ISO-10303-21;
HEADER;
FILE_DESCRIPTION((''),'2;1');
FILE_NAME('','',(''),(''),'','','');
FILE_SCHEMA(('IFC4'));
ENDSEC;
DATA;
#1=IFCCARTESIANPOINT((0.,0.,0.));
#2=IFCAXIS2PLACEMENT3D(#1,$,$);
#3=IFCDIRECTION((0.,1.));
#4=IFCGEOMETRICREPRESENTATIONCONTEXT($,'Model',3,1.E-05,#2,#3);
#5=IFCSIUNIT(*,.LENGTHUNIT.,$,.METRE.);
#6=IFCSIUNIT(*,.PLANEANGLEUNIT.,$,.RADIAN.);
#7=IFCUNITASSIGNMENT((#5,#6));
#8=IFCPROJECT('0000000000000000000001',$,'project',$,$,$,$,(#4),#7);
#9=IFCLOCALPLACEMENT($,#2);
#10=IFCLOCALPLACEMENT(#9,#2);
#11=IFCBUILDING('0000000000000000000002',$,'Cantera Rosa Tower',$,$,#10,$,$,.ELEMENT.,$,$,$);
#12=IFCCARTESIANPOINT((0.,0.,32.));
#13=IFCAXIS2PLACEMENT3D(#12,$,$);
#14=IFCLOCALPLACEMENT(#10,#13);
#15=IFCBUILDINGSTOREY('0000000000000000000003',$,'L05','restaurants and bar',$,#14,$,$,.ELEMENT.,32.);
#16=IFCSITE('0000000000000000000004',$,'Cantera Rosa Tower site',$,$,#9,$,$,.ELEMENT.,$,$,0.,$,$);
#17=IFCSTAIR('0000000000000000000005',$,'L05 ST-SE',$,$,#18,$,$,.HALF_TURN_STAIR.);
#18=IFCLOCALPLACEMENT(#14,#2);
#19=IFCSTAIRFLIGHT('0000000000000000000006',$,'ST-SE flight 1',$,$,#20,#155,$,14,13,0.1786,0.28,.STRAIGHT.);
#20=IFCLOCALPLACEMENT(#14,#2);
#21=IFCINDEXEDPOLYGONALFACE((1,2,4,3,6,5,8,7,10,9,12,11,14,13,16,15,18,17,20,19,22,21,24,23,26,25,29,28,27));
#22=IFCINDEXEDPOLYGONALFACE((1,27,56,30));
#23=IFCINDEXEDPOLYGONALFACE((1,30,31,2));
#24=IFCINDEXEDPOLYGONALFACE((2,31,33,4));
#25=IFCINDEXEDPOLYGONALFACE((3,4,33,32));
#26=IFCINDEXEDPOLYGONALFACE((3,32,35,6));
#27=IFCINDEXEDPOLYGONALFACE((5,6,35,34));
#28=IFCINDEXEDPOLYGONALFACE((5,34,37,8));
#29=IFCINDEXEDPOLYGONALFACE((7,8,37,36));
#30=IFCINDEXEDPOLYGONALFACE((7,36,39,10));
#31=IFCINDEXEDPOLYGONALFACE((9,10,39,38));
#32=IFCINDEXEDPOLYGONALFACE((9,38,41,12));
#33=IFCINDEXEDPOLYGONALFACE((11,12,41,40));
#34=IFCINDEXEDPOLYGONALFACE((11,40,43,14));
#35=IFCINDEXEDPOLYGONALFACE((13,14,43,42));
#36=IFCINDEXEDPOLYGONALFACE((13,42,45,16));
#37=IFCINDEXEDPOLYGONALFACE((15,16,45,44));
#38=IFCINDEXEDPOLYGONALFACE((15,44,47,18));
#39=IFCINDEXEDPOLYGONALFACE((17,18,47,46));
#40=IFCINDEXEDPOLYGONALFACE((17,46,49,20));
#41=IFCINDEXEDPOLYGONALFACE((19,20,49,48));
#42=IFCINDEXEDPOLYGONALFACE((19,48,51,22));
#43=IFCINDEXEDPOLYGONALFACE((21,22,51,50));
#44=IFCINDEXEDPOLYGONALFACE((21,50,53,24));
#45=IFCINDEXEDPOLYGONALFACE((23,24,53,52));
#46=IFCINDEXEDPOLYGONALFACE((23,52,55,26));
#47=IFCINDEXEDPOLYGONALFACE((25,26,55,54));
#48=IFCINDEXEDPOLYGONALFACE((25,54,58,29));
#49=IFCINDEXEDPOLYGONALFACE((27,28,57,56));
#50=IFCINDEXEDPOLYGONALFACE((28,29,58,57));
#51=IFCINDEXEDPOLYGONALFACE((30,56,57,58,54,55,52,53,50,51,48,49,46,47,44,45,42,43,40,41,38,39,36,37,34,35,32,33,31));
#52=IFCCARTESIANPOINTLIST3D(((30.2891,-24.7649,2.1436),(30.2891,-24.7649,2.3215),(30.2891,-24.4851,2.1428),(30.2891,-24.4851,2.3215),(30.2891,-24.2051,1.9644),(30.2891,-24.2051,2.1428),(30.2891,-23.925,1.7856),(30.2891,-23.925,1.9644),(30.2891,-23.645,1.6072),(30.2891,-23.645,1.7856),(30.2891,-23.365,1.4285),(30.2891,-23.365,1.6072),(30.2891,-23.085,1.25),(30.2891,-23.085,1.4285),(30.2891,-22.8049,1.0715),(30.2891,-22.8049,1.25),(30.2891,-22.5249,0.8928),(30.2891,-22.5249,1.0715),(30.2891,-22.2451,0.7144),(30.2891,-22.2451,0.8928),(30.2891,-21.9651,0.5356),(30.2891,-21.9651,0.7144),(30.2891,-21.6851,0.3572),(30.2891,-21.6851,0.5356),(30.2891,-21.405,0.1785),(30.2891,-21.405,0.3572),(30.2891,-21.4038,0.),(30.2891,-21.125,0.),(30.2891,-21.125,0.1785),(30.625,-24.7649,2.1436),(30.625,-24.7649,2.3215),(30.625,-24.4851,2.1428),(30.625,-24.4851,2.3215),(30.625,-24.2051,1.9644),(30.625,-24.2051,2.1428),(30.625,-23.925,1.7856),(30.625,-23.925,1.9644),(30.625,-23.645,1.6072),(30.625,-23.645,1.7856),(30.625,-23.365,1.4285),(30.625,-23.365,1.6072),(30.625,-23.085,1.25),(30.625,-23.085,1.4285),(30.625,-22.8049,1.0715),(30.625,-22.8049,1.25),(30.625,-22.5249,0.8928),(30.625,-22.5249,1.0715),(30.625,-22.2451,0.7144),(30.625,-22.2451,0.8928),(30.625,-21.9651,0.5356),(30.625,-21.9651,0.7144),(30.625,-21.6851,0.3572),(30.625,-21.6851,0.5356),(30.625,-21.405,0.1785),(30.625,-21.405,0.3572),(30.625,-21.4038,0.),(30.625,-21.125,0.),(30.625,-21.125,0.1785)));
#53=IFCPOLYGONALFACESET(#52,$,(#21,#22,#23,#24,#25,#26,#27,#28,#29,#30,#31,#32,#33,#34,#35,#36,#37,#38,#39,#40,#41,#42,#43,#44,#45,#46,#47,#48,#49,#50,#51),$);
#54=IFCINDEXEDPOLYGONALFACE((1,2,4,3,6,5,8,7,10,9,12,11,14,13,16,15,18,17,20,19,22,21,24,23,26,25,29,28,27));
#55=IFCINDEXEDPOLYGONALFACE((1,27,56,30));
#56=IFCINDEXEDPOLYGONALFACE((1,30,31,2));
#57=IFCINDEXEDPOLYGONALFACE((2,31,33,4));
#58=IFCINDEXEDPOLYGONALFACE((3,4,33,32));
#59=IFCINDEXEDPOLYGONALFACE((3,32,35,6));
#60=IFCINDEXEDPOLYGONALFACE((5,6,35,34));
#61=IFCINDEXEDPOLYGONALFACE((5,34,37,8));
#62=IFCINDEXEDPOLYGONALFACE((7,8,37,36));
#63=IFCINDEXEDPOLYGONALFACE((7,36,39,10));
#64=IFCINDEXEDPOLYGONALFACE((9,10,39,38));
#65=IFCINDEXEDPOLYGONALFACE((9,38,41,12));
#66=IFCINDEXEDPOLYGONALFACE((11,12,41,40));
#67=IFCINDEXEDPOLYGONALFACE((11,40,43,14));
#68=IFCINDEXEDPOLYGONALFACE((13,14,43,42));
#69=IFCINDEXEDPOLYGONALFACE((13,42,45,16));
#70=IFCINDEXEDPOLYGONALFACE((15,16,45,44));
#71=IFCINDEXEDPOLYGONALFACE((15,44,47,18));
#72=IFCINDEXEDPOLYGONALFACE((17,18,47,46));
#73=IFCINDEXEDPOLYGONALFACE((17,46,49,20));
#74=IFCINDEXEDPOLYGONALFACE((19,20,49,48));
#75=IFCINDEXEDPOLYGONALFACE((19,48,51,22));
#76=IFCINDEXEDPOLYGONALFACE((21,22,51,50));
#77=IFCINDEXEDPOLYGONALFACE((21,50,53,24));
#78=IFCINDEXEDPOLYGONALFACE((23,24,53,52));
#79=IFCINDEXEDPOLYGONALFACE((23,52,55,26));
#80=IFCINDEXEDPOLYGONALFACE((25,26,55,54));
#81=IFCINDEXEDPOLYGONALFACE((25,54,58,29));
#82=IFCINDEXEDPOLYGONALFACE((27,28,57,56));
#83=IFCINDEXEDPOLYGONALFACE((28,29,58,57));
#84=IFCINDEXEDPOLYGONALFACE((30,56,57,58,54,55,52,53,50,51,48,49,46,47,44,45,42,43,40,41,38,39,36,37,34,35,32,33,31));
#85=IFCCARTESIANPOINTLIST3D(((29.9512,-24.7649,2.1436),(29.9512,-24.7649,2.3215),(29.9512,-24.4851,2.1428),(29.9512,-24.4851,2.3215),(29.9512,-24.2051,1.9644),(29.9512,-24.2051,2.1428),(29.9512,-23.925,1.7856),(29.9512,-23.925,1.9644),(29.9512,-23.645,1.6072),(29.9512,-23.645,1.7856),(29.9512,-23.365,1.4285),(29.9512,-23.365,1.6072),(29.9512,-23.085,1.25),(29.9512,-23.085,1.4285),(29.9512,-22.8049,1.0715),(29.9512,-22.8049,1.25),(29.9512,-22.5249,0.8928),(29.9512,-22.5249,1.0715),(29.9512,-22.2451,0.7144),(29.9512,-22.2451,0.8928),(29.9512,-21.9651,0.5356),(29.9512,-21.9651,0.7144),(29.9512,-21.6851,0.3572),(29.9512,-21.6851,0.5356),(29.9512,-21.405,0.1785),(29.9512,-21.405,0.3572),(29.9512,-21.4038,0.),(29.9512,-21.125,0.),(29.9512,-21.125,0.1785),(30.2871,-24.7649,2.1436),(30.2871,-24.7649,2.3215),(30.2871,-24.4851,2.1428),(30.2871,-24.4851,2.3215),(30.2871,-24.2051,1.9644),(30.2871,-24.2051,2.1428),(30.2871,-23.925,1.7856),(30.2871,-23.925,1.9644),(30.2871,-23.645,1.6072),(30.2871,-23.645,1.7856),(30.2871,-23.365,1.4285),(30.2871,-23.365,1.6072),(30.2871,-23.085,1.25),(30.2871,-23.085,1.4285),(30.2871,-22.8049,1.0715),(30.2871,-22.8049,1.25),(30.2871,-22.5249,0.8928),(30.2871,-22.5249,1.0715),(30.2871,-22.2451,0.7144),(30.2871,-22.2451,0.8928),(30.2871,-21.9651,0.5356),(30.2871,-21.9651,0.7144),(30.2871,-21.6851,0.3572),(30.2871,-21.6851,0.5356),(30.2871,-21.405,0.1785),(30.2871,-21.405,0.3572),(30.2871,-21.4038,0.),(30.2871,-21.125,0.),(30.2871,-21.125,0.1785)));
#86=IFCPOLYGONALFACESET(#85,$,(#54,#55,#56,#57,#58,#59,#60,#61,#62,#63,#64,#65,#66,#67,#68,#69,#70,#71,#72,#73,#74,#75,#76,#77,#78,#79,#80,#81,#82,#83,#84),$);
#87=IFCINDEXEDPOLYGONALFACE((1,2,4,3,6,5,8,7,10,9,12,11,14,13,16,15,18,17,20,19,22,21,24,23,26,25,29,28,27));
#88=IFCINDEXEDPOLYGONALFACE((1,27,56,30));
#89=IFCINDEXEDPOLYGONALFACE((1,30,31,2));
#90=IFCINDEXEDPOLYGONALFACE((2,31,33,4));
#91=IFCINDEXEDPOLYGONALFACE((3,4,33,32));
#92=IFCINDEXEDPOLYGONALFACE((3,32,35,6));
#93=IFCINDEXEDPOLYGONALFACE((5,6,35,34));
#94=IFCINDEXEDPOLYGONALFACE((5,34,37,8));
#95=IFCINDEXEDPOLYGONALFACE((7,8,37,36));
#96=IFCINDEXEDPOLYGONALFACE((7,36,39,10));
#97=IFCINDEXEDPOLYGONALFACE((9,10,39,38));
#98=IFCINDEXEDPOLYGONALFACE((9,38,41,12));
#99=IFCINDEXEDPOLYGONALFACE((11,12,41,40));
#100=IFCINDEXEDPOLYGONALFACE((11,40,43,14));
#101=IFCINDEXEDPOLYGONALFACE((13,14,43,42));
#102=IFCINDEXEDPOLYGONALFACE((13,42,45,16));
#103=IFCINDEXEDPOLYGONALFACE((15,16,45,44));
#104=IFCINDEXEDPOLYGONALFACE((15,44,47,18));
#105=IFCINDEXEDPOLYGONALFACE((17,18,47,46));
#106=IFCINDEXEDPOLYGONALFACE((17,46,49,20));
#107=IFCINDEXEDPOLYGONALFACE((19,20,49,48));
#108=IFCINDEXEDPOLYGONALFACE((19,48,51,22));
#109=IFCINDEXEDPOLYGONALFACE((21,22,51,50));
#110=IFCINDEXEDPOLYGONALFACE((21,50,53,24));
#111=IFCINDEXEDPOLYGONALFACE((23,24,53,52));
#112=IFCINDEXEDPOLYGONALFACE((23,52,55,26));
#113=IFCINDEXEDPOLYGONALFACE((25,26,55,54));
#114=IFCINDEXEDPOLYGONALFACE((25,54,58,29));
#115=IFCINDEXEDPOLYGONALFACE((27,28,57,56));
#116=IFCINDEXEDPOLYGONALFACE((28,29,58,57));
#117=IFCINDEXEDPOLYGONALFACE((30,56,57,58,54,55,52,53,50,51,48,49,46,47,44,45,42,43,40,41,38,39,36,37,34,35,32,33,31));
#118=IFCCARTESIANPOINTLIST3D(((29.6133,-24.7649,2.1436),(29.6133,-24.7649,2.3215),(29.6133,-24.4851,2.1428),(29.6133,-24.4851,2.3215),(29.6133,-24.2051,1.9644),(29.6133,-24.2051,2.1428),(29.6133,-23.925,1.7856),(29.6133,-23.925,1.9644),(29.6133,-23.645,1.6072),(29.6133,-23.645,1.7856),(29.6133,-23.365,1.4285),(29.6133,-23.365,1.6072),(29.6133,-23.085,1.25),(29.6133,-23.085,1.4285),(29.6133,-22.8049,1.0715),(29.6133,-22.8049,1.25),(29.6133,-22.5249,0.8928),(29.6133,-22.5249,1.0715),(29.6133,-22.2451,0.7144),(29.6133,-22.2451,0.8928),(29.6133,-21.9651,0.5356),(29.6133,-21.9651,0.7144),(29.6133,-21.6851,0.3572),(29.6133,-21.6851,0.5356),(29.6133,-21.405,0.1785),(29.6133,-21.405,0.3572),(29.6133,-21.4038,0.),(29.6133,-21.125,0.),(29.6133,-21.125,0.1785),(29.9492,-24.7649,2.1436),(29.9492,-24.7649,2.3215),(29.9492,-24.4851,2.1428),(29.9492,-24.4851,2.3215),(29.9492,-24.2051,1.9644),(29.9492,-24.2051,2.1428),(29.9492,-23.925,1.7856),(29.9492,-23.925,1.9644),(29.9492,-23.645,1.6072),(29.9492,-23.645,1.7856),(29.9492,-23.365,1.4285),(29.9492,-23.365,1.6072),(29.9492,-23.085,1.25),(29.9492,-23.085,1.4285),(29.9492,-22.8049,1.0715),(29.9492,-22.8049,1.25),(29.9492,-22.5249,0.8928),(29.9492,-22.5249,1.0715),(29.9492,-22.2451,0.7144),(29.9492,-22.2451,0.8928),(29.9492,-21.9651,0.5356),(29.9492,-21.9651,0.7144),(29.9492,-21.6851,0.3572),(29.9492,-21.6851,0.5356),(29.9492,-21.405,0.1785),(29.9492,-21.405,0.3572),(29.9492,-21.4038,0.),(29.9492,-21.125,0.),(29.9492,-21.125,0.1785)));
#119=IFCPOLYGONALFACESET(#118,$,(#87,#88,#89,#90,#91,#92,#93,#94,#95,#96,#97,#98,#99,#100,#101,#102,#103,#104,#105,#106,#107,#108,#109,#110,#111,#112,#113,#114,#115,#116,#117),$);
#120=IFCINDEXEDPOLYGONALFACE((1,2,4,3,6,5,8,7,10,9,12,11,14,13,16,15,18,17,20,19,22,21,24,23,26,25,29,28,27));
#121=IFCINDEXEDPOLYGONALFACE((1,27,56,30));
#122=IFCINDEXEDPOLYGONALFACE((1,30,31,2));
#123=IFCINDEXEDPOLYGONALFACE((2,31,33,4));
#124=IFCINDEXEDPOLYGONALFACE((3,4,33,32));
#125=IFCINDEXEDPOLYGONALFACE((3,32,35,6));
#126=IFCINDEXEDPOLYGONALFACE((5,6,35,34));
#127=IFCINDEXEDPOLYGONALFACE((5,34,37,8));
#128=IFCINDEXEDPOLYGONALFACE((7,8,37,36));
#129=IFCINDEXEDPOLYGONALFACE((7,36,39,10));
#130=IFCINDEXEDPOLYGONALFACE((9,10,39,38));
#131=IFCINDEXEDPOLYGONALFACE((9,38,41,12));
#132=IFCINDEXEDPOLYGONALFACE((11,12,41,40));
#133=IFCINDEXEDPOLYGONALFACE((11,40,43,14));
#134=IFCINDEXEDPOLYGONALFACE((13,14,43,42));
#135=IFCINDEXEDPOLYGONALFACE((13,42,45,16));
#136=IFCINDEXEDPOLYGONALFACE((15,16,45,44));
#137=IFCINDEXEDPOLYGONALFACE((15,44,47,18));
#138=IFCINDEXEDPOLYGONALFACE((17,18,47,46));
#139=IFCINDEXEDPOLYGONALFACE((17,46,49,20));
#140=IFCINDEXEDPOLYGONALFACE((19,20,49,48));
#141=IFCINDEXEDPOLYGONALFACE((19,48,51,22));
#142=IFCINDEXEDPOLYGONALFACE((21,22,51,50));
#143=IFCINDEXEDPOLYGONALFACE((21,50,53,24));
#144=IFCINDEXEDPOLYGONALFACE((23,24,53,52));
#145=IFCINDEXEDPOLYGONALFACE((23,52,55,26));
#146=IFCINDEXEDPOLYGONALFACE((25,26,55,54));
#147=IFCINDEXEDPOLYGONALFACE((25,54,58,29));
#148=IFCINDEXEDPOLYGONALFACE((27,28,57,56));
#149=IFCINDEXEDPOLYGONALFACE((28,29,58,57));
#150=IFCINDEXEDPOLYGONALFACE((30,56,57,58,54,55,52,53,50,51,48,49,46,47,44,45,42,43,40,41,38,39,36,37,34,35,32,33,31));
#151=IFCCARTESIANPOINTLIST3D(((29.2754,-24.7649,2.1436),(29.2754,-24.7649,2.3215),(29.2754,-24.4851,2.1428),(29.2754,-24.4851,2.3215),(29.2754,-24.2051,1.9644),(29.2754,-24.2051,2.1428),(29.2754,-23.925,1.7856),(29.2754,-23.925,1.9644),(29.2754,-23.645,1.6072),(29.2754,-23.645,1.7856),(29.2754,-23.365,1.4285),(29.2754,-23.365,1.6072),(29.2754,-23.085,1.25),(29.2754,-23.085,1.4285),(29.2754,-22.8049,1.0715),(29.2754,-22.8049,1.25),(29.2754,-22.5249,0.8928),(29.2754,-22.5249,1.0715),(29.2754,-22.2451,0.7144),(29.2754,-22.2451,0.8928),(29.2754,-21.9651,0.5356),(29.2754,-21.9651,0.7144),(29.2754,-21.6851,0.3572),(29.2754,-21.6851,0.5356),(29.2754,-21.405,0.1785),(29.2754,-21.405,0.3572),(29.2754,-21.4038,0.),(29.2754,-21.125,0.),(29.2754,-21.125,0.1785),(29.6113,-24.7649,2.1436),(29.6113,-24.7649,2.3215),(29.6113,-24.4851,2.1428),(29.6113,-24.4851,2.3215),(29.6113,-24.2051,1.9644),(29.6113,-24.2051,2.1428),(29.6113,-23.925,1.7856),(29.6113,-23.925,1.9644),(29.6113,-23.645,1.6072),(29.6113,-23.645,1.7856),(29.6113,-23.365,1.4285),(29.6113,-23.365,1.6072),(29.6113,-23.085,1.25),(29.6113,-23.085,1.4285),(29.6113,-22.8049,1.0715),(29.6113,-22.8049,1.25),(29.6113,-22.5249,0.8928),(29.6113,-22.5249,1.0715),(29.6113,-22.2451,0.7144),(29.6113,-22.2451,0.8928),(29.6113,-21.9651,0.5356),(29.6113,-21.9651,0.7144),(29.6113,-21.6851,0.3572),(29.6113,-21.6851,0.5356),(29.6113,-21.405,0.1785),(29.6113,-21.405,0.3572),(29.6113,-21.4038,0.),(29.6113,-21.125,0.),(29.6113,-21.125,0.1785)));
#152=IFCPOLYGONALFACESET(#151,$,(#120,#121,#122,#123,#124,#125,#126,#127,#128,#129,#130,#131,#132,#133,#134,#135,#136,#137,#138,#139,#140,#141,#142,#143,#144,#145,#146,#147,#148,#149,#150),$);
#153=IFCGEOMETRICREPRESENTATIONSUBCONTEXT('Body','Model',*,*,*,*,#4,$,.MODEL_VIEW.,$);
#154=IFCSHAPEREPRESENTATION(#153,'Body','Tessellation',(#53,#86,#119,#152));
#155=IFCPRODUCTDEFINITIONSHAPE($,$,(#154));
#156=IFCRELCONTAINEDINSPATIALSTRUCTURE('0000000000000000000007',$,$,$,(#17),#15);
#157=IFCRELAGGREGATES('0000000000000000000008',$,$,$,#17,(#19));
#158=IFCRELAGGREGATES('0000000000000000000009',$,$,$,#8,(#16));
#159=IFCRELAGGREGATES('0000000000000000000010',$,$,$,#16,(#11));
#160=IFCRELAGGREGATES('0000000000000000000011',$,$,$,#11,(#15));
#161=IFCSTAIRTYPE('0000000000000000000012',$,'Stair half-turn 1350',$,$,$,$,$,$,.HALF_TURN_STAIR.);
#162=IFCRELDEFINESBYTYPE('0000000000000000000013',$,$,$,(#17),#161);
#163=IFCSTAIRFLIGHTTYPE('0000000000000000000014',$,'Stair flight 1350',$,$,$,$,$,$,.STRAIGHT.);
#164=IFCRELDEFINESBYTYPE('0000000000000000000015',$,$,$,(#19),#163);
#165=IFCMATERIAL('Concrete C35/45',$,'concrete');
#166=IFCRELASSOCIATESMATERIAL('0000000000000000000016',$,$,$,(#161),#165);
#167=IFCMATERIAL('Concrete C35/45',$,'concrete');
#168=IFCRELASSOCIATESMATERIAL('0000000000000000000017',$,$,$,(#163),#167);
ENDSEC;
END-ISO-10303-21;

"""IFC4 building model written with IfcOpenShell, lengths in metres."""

from ifc_helpers import new_model, si_unit, direction, frame, origin, place, context, subcontext, project, spatial, polyline, outline, extrude, material, type_object, element, aggregate, save


model = new_model("IFC4")

# Units and contexts
model_context = context("Model", 3, precision=1e-05, world=origin(), true_north=direction((0.0, 1.0)))
body_context = subcontext(model_context, "Body", "Model", "MODEL_VIEW")
ifc_project = project(units=[si_unit("LENGTHUNIT", "METRE"), si_unit("PLANEANGLEUNIT", "RADIAN")], contexts=[model_context])

# Site, building, storey
site_placement = place(None, origin())
site = spatial("IfcSite", under=ifc_project, at=site_placement, Name="Cantera Rosa Tower site", CompositionType="ELEMENT", RefElevation=0.0)
building_placement = place(site_placement, origin())
building = spatial("IfcBuilding", under=site, at=building_placement, Name="Cantera Rosa Tower", CompositionType="ELEMENT")
storey_placement = place(building_placement, frame((0.0, 0.0, 32.0)))
storey = spatial("IfcBuildingStorey", under=building, at=storey_placement, Name="L05", Description="restaurants and bar", CompositionType="ELEMENT", Elevation=32.0)

# Stair, stair flight
ifc_material_1 = material(Name="Concrete C35/45", Category="concrete")
stair_type = type_object("IfcStairType", Name="Stair half-turn 1350", PredefinedType="HALF_TURN_STAIR", material=ifc_material_1)
stair_placement = place(storey_placement, origin())
stair = element("IfcStair", 1, at=stair_placement, inside=storey, type_object=stair_type, Name="L05 ST-SE", PredefinedType="HALF_TURN_STAIR")
ifc_material_2 = material(Name="Concrete C35/45", Category="concrete")
stair_flight_type = type_object("IfcStairFlightType", Name="Stair flight 1350", PredefinedType="STRAIGHT", material=ifc_material_2)
stair_flight_1_placement = place(storey_placement, frame((29.95, -21.125, 0.0), z_axis=(0.0, 0.0, 1.0), x_axis=(0.0, -1.0, 0.0)))
stair_flight_1 = element("IfcStairFlight", 2, at=stair_flight_1_placement, type_object=stair_flight_type, Name="ST-SE flight 1", NumberOfRisers=14, NumberOfTreads=13, PredefinedType="STRAIGHT", RiserHeight=0.1786, TreadLength=0.28, context=body_context, shape_type="SweptSolid", body=[
    extrude(outline(polyline([(0.0, 0.0), (0.0, 0.1785), (0.28, 0.1785), (0.28, 0.3572), (0.5601, 0.3572), (0.5601, 0.5356), (0.8401, 0.5356), (0.8401, 0.7144), (1.1201, 0.7144), (1.1201, 0.8928), (1.3999, 0.8928), (1.3999, 1.0715), (1.6799, 1.0715), (1.6799, 1.25), (1.96, 1.25), (1.96, 1.4285), (2.24, 1.4285), (2.24, 1.6072), (2.52, 1.6072), (2.52, 1.7856), (2.8, 1.7856), (2.8, 1.9644), (3.0801, 1.9644), (3.0801, 2.1428), (3.3601, 2.1428), (3.3601, 2.3215), (3.6399, 2.3215), (3.6399, 2.5), (3.6399, 2.1436), (0.2788, 0.0), (0.0, 0.0)])), frame((0.0, 0.675, 0.0), z_axis=(0.0, -1.0, 0.0), x_axis=(1.0, 0.0, 0.0)), (0.0, 0.0, 1.0), 0.3359),
    extrude(outline(polyline([(0.0, 0.0), (0.0, 0.1785), (0.28, 0.1785), (0.28, 0.3572), (0.5601, 0.3572), (0.5601, 0.5356), (0.8401, 0.5356), (0.8401, 0.7144), (1.1201, 0.7144), (1.1201, 0.8928), (1.3999, 0.8928), (1.3999, 1.0715), (1.6799, 1.0715), (1.6799, 1.25), (1.96, 1.25), (1.96, 1.4285), (2.24, 1.4285), (2.24, 1.6072), (2.52, 1.6072), (2.52, 1.7856), (2.8, 1.7856), (2.8, 1.9644), (3.0801, 1.9644), (3.0801, 2.1428), (3.3601, 2.1428), (3.3601, 2.3215), (3.6399, 2.3215), (3.6399, 2.5), (3.6399, 2.1436), (0.2788, 0.0), (0.0, 0.0)])), frame((0.0, 0.3372, 0.0), z_axis=(0.0, -1.0, 0.0), x_axis=(1.0, 0.0, 0.0)), (0.0, 0.0, 1.0), 0.3359),
    extrude(outline(polyline([(0.0, 0.0), (0.0, 0.1785), (0.28, 0.1785), (0.28, 0.3572), (0.5601, 0.3572), (0.5601, 0.5356), (0.8401, 0.5356), (0.8401, 0.7144), (1.1201, 0.7144), (1.1201, 0.8928), (1.3999, 0.8928), (1.3999, 1.0715), (1.6799, 1.0715), (1.6799, 1.25), (1.96, 1.25), (1.96, 1.4285), (2.24, 1.4285), (2.24, 1.6072), (2.52, 1.6072), (2.52, 1.7856), (2.8, 1.7856), (2.8, 1.9644), (3.0801, 1.9644), (3.0801, 2.1428), (3.3601, 2.1428), (3.3601, 2.3215), (3.6399, 2.3215), (3.6399, 2.5), (3.6399, 2.1436), (0.2788, 0.0), (0.0, 0.0)])), frame((0.0, -0.0007, 0.0), z_axis=(0.0, -1.0, 0.0), x_axis=(1.0, 0.0, 0.0)), (0.0, 0.0, 1.0), 0.3359),
    extrude(outline(polyline([(0.0, 0.0), (0.0, 0.1785), (0.28, 0.1785), (0.28, 0.3572), (0.5601, 0.3572), (0.5601, 0.5356), (0.8401, 0.5356), (0.8401, 0.7144), (1.1201, 0.7144), (1.1201, 0.8928), (1.3999, 0.8928), (1.3999, 1.0715), (1.6799, 1.0715), (1.6799, 1.25), (1.96, 1.25), (1.96, 1.4285), (2.24, 1.4285), (2.24, 1.6072), (2.52, 1.6072), (2.52, 1.7856), (2.8, 1.7856), (2.8, 1.9644), (3.0801, 1.9644), (3.0801, 2.1428), (3.3601, 2.1428), (3.3601, 2.3215), (3.6399, 2.3215), (3.6399, 2.5), (3.6399, 2.1436), (0.2788, 0.0), (0.0, 0.0)])), frame((0.0, -0.3386, 0.0), z_axis=(0.0, -1.0, 0.0), x_axis=(1.0, 0.0, 0.0)), (0.0, 0.0, 1.0), 0.3359),
])
aggregate(stair, [stair_flight_1])

save(model, "model.ifc")
